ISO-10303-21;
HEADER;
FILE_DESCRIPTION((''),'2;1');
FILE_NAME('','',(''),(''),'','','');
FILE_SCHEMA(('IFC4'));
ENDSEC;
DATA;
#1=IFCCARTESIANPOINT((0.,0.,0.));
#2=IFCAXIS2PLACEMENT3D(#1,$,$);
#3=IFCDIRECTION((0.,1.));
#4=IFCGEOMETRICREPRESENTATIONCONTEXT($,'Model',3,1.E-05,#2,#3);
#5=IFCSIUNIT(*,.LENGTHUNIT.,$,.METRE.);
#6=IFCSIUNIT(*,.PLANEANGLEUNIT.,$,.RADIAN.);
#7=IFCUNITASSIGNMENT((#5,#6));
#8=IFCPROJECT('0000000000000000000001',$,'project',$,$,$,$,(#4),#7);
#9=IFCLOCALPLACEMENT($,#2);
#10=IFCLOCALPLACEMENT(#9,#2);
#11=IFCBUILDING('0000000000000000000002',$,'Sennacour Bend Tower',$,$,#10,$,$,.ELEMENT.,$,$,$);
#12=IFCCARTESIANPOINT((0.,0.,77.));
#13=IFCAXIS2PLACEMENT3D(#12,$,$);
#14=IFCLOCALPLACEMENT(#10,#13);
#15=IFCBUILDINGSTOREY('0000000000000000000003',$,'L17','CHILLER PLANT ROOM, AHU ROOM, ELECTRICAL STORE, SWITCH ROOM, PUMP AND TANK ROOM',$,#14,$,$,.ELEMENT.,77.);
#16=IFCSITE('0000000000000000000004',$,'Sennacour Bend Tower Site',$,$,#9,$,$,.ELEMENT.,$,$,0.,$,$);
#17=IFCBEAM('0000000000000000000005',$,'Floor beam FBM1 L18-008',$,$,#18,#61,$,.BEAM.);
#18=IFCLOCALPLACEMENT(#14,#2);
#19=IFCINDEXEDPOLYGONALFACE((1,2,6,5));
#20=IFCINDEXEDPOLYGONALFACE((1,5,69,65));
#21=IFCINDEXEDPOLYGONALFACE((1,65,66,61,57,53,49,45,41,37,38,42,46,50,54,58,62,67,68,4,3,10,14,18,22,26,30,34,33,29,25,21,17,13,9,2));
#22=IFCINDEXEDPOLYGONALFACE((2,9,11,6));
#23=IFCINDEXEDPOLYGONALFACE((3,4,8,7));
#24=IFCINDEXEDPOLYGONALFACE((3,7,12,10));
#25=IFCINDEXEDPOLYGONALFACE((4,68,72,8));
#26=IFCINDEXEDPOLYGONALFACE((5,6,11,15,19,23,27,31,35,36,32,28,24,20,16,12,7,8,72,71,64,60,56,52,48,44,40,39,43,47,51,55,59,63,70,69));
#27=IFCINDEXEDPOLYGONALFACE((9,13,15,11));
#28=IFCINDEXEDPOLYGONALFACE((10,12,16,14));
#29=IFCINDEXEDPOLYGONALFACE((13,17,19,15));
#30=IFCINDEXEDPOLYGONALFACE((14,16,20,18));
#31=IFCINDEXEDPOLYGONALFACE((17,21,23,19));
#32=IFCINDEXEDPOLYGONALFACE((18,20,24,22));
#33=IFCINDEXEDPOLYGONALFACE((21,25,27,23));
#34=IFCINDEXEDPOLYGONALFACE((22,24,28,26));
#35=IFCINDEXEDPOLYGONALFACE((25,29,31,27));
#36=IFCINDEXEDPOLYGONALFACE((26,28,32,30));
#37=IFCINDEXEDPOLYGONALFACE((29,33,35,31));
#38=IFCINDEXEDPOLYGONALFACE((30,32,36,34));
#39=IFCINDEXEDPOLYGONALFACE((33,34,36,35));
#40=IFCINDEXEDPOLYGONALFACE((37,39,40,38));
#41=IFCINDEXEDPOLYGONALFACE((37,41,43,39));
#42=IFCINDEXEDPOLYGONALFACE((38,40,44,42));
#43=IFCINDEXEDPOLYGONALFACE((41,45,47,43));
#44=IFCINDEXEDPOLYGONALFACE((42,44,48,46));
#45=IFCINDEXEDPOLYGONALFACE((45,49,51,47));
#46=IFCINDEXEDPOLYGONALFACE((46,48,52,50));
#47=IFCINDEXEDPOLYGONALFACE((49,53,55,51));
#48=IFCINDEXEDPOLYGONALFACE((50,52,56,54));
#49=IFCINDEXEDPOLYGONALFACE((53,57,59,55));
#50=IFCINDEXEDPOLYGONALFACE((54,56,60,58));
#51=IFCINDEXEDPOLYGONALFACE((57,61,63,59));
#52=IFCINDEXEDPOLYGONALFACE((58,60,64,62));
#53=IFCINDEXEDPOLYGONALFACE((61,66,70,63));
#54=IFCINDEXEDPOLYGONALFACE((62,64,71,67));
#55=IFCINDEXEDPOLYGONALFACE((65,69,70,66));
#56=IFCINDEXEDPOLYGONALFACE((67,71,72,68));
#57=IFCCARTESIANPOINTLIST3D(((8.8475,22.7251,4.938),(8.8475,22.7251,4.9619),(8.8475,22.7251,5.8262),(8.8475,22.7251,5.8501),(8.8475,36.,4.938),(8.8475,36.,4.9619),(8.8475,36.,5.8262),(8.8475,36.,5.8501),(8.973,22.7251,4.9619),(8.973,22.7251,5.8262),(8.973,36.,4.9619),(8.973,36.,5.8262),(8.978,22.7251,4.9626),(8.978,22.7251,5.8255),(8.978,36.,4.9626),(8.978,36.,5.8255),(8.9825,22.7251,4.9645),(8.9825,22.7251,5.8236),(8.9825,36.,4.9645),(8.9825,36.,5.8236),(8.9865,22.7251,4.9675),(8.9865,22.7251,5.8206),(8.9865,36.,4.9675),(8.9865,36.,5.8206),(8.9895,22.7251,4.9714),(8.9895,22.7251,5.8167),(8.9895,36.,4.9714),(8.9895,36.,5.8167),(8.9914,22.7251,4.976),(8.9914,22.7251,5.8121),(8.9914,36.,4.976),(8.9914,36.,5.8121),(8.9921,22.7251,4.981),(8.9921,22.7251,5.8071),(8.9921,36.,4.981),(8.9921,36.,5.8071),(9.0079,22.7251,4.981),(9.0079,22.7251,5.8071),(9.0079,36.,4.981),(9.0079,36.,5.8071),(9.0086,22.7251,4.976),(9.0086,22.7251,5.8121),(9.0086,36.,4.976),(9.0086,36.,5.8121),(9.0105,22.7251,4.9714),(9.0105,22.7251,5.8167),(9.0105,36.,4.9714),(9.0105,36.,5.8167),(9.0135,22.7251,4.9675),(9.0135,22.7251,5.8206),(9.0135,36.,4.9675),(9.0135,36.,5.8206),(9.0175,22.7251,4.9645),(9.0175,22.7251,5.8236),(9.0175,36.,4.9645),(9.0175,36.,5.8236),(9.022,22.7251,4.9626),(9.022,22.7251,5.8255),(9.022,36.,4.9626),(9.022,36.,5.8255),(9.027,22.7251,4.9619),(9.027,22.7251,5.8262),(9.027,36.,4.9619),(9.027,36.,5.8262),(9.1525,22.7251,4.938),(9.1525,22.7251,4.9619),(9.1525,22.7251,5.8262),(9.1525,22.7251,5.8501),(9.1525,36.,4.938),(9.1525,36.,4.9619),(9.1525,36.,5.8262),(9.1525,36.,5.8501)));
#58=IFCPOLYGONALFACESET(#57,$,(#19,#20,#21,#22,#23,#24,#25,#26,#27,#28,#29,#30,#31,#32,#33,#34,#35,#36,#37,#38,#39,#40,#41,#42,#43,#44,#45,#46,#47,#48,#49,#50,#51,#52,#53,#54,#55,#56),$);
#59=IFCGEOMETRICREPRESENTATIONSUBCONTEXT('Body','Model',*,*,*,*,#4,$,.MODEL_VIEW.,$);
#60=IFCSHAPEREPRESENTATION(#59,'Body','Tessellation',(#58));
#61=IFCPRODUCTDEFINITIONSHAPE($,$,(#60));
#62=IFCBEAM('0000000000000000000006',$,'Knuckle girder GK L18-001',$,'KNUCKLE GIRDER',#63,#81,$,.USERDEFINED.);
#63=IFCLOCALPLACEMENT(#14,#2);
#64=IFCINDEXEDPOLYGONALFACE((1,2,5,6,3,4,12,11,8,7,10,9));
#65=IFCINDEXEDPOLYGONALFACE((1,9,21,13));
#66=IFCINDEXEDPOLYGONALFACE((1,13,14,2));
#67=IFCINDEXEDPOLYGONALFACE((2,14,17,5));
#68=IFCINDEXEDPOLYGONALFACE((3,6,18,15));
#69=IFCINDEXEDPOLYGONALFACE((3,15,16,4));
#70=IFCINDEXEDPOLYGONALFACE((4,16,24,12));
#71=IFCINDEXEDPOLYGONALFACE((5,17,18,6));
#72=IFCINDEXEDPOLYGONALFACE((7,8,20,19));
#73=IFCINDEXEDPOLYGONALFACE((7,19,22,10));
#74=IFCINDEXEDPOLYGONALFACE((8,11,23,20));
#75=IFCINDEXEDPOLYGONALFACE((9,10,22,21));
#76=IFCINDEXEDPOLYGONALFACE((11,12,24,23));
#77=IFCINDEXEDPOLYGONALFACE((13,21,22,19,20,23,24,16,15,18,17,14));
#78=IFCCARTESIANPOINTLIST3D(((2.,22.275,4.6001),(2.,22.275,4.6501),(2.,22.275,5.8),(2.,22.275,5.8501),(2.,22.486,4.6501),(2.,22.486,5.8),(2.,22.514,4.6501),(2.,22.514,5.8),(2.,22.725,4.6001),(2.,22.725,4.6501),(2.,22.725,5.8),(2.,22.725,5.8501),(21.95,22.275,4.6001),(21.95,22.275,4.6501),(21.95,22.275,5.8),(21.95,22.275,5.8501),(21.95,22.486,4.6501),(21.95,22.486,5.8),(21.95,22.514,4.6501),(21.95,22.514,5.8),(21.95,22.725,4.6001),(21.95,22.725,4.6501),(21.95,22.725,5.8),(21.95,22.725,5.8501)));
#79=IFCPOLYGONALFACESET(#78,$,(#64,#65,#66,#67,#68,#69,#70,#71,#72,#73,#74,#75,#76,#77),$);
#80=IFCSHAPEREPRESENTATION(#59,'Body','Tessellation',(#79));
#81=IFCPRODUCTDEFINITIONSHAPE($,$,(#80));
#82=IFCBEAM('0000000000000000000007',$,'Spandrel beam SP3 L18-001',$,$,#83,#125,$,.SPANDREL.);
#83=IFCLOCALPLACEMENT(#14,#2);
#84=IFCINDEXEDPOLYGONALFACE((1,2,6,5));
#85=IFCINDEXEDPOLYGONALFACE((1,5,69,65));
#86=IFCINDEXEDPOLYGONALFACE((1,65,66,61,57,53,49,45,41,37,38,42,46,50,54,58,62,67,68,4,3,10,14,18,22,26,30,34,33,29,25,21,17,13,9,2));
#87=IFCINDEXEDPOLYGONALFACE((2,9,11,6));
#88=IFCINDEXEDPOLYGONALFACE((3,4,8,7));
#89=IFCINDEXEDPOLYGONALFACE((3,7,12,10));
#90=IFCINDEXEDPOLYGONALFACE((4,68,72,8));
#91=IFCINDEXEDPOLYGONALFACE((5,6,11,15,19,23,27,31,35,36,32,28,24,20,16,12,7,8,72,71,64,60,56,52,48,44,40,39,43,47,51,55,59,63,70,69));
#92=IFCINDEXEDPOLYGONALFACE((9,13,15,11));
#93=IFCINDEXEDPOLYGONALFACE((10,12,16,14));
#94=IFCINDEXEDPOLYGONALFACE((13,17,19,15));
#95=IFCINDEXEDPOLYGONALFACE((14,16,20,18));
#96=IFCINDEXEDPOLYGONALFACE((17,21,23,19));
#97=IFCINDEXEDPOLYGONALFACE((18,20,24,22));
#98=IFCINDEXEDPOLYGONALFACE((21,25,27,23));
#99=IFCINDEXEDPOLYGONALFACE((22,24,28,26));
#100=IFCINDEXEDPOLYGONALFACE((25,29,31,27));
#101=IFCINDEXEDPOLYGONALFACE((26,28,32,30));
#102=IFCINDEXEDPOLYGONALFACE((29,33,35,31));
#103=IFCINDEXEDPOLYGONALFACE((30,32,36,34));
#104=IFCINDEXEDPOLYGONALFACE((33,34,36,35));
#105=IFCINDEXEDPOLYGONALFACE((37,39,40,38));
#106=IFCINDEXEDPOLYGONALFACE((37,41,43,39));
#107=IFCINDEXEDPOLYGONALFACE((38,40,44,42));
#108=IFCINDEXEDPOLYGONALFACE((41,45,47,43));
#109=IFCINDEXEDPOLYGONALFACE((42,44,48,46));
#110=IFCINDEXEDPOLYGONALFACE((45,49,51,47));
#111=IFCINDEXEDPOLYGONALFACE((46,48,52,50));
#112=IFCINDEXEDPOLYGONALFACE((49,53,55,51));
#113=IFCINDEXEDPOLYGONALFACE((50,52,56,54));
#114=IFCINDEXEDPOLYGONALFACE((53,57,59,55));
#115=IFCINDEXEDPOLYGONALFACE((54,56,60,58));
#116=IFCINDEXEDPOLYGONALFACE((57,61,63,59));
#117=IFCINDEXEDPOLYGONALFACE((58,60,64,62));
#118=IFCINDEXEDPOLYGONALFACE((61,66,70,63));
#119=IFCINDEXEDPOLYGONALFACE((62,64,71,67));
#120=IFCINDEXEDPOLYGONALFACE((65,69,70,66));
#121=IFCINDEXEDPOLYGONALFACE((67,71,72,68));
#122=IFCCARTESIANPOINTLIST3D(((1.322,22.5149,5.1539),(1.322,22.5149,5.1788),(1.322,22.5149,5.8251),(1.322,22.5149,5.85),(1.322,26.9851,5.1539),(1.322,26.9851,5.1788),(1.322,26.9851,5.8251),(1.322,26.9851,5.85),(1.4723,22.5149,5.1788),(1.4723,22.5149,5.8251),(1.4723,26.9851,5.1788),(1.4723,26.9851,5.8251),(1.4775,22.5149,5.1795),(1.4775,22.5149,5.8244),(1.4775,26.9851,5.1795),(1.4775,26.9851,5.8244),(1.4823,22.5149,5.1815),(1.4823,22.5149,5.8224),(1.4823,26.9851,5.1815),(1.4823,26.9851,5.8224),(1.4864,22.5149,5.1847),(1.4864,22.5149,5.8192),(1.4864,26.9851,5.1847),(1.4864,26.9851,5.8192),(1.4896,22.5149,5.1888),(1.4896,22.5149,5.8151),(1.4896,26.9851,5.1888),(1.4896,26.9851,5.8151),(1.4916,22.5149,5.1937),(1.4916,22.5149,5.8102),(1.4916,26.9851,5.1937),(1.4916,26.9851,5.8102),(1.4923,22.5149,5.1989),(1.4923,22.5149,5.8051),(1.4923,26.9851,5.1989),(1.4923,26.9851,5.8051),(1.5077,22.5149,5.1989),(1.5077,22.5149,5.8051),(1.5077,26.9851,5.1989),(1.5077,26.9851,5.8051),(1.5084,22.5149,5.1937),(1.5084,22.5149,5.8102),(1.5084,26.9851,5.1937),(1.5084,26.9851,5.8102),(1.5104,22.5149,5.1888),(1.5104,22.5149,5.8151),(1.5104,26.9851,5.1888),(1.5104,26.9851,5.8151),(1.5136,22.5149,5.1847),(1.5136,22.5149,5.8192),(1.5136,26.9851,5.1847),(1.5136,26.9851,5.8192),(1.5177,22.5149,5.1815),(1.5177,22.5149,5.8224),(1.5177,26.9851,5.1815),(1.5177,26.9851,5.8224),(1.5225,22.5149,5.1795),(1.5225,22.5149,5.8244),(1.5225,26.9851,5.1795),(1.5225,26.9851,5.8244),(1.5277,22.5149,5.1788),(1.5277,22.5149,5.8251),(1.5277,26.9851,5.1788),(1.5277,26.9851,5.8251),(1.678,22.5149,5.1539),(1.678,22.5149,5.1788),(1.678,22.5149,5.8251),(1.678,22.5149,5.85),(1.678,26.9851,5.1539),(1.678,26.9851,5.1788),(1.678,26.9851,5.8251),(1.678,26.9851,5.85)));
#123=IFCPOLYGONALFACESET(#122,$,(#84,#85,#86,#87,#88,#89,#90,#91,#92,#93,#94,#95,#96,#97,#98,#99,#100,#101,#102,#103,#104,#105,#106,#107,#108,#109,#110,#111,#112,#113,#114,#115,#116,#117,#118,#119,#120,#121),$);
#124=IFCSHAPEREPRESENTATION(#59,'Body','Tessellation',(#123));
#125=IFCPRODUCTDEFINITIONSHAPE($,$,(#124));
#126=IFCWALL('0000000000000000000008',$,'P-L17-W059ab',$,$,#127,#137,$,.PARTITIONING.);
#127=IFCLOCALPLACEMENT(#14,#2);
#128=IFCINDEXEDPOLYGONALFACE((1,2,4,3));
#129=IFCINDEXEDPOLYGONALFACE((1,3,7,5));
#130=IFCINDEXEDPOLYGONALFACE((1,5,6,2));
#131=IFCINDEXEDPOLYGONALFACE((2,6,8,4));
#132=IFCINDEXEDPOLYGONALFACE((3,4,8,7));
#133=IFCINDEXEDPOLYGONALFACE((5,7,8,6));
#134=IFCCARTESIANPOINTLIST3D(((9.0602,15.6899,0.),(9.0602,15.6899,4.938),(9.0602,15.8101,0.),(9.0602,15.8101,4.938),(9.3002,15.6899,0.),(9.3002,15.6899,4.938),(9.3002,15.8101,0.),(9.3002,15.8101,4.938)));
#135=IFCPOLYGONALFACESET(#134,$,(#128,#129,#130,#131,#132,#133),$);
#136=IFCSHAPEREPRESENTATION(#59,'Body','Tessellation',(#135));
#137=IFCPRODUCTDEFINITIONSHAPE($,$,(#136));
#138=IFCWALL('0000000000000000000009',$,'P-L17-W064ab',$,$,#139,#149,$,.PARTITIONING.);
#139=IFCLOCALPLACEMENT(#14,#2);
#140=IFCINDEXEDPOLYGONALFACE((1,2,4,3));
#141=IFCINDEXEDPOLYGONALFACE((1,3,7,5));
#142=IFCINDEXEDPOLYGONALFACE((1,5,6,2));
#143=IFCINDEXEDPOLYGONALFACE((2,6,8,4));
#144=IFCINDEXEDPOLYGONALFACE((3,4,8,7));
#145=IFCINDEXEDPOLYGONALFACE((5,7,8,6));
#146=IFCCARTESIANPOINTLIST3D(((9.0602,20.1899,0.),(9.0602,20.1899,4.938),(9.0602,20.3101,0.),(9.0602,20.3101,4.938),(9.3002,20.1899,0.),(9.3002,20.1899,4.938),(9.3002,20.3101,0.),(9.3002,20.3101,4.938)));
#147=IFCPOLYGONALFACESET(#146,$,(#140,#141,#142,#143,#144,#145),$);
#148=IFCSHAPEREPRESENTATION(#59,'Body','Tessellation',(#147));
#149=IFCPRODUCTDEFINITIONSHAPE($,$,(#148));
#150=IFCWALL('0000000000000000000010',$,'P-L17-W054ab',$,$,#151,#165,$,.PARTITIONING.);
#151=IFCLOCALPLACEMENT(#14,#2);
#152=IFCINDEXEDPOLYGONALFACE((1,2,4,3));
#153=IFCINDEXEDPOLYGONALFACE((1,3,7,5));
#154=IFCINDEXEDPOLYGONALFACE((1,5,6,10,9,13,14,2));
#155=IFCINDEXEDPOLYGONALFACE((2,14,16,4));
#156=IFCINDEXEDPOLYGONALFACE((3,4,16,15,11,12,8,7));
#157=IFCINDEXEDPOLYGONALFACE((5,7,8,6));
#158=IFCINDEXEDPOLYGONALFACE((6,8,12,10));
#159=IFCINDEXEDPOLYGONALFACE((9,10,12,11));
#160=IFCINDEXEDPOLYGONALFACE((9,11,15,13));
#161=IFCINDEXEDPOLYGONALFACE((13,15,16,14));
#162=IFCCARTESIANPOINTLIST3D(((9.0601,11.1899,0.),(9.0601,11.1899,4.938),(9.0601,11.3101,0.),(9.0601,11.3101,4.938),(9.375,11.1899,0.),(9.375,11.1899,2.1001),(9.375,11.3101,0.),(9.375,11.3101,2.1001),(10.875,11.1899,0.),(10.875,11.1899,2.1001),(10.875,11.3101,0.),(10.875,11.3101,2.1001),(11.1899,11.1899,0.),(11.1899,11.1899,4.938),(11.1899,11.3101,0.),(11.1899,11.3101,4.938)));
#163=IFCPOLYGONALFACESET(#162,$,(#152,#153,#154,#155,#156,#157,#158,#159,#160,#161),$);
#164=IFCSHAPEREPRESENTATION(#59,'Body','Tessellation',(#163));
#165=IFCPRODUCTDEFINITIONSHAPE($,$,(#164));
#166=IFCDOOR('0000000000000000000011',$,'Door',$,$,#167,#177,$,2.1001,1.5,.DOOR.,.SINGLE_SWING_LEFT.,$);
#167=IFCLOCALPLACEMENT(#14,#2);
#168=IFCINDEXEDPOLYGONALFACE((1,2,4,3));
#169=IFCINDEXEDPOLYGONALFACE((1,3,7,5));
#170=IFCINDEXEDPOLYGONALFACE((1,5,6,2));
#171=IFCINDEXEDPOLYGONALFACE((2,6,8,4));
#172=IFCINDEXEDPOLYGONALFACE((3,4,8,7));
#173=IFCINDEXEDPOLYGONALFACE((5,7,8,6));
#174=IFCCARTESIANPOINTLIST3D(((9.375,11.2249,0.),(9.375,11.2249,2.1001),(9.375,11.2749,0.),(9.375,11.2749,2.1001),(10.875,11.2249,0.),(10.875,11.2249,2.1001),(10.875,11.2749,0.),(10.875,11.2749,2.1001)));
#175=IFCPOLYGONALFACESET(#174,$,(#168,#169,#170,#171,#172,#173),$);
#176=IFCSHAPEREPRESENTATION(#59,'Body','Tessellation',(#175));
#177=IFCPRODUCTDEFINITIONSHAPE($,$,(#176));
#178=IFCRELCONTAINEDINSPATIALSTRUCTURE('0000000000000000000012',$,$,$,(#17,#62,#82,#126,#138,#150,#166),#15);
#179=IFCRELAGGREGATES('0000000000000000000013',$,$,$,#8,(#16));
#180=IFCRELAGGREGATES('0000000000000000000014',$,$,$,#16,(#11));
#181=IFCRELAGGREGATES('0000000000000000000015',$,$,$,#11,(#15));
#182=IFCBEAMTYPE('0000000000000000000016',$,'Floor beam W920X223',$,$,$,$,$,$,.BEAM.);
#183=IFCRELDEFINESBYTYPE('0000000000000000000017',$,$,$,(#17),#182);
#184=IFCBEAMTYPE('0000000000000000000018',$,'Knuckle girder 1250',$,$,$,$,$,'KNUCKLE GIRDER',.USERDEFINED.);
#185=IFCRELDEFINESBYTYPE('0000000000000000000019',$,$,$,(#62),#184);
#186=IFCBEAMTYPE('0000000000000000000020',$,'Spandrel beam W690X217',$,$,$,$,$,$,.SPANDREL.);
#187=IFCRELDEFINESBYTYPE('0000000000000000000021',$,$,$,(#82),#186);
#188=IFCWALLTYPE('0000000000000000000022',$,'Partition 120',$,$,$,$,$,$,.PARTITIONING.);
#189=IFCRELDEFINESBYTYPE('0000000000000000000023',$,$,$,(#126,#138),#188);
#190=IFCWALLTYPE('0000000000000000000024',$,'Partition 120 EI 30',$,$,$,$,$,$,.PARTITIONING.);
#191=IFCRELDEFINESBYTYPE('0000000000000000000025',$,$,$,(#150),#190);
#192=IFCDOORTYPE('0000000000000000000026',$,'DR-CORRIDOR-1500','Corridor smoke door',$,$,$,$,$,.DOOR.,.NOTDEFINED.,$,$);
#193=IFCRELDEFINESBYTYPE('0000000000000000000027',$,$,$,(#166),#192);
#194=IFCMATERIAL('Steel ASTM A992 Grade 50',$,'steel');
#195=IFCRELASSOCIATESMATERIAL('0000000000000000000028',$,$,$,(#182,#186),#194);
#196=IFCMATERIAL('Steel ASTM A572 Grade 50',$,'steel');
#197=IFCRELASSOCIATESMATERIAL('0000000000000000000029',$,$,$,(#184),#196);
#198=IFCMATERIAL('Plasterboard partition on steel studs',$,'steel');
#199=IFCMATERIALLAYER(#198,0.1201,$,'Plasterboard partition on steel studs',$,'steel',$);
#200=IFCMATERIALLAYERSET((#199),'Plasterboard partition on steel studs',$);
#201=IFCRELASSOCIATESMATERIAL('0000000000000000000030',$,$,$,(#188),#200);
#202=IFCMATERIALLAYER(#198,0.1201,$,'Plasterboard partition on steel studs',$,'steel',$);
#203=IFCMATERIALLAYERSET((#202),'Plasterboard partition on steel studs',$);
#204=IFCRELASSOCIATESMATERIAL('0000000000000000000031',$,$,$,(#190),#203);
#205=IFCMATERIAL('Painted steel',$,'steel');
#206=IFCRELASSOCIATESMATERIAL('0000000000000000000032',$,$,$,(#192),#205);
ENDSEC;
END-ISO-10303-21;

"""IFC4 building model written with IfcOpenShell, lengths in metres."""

from ifc_helpers import new_model, si_unit, direction, frame, frame_2d, origin, origin_2d, place, context, subcontext, project, spatial, rectangle, i_section, extrude, material, layer, layer_set, material_profile, profile_set, type_object, element, fill, save


model = new_model("IFC4")

# Units and contexts
model_context = context("Model", 3, precision=1e-05, world=origin(), true_north=direction((0.0, 1.0)))
body_context = subcontext(model_context, "Body", "Model", "MODEL_VIEW")
ifc_project = project(units=[si_unit("LENGTHUNIT", "METRE"), si_unit("PLANEANGLEUNIT", "RADIAN")], contexts=[model_context])

# Site, building, storey
site_placement = place(None, origin())
site = spatial("IfcSite", under=ifc_project, at=site_placement, Name="Sennacour Bend Tower Site", CompositionType="ELEMENT", RefElevation=0.0)
building_placement = place(site_placement, origin())
building = spatial("IfcBuilding", under=site, at=building_placement, Name="Sennacour Bend Tower", CompositionType="ELEMENT")
storey_placement = place(building_placement, frame((0.0, 0.0, 77.0)))
storey = spatial("IfcBuildingStorey", under=building, at=storey_placement, Name="L17", Description="CHILLER PLANT ROOM, AHU ROOM, ELECTRICAL STORE, SWITCH ROOM, PUMP AND TANK ROOM", CompositionType="ELEMENT", Elevation=77.0)

# Shared definitions
ifc_material_1 = material(Name="Steel ASTM A572 Grade 50", Category="steel")

# Beams
ifc_material_2 = material(Name="Steel ASTM A992 Grade 50", Category="steel")
ifc_material_profile_1 = material_profile(ifc_material_2, i_section(OverallWidth=0.3049, OverallDepth=0.9121, WebThickness=0.0159, FlangeThickness=0.0239, FilletRadius=0.019, at=origin_2d()), Name="Steel ASTM A992 Grade 50", Category="steel")
ifc_profile_set_1 = profile_set([ifc_material_profile_1], Name="Steel ASTM A992 Grade 50")
beam_type_1 = type_object("IfcBeamType", Name="Floor beam W920X223", PredefinedType="BEAM", material=ifc_profile_set_1)
for number, where, z_axis, x_axis, name in (
    (1, (9.0, 22.7251, 5.394), (0.0, 1.0, 0.0), (-1.0, 0.0, 0.0), "Floor beam FBM1 L18-008"),
):
    element("IfcBeam", number, at=place(storey_placement, frame(where, z_axis=z_axis, x_axis=x_axis)), inside=storey, type_object=beam_type_1, Name=name, PredefinedType="BEAM", context=body_context, shape_type="SweptSolid", body=[
        extrude(i_section(OverallWidth=0.3049, OverallDepth=0.9121, WebThickness=0.0159, FlangeThickness=0.0239, FilletRadius=0.019, at=origin_2d()), origin(), (0.0, 0.0, 1.0), 13.2749),
    ])
ifc_material_profile_2 = material_profile(ifc_material_1, i_section(OverallWidth=0.45, OverallDepth=1.25, WebThickness=0.0281, FlangeThickness=0.05, at=origin_2d()), Name="Steel ASTM A572 Grade 50", Category="steel")
ifc_profile_set_2 = profile_set([ifc_material_profile_2], Name="Steel ASTM A572 Grade 50")
beam_type_2 = type_object("IfcBeamType", Name="Knuckle girder 1250", ElementType="KNUCKLE GIRDER", PredefinedType="USERDEFINED", material=ifc_profile_set_2)
beam_1_placement = place(storey_placement, frame((2.0, 22.5, 5.2251), z_axis=(1.0, 0.0, 0.0), x_axis=(0.0, 1.0, 0.0)))
element("IfcBeam", 2, at=beam_1_placement, inside=storey, type_object=beam_type_2, Name="Knuckle girder GK L18-001", ObjectType="KNUCKLE GIRDER", PredefinedType="USERDEFINED", context=body_context, shape_type="SweptSolid", body=[
    extrude(i_section(OverallWidth=0.45, OverallDepth=1.25, WebThickness=0.0281, FlangeThickness=0.05, at=origin_2d()), origin(), (0.0, 0.0, 1.0), 19.95),
])
ifc_material_profile_3 = material_profile(ifc_material_2, i_section(OverallWidth=0.356, OverallDepth=0.696, WebThickness=0.0154, FlangeThickness=0.0249, FilletRadius=0.02, at=origin_2d()), Name="Steel ASTM A992 Grade 50", Category="steel")
ifc_profile_set_3 = profile_set([ifc_material_profile_3], Name="Steel ASTM A992 Grade 50")
beam_type_3 = type_object("IfcBeamType", Name="Spandrel beam W690X217", PredefinedType="SPANDREL", material=ifc_profile_set_3)
beam_2_placement = place(storey_placement, frame((1.5, 22.5149, 5.502), z_axis=(0.0, 1.0, 0.0), x_axis=(-1.0, 0.0, 0.0)))
element("IfcBeam", 3, at=beam_2_placement, inside=storey, type_object=beam_type_3, Name="Spandrel beam SP3 L18-001", PredefinedType="SPANDREL", context=body_context, shape_type="SweptSolid", body=[
    extrude(i_section(OverallWidth=0.356, OverallDepth=0.696, WebThickness=0.0154, FlangeThickness=0.0249, FilletRadius=0.02, at=origin_2d()), origin(), (0.0, 0.0, 1.0), 4.4702),
])

# Walls
ifc_material_3 = material(Name="Plasterboard partition on steel studs", Category="steel")
ifc_layer_1 = layer(ifc_material_3, 0.1201, Name="Plasterboard partition on steel studs", Category="steel")
ifc_layer_set_1 = layer_set([ifc_layer_1], Name="Plasterboard partition on steel studs")
wall_type_1 = type_object("IfcWallType", Name="Partition 120", PredefinedType="PARTITIONING", material=ifc_layer_set_1)
for number, where, z_axis, x_axis, name in (
    (4, (9.0601, 15.75, 0.0), (0.0, 0.0, 1.0), (1.0, 0.0, 0.0), "P-L17-W059ab"),
    (5, (9.0601, 20.25, 0.0), (0.0, 0.0, 1.0), (1.0, 0.0, 0.0), "P-L17-W064ab"),
):
    element("IfcWall", number, at=place(storey_placement, frame(where, z_axis=z_axis, x_axis=x_axis)), inside=storey, type_object=wall_type_1, Name=name, PredefinedType="PARTITIONING", context=body_context, shape_type="SweptSolid", body=[
        extrude(rectangle(XDim=0.24, YDim=0.1201, at=frame_2d((0.1201, 0.0))), origin(), (0.0, 0.0, 1.0), 4.938),
    ])

# Wall, opening, door
ifc_layer_2 = layer(ifc_material_3, 0.1201, Name="Plasterboard partition on steel studs", Category="steel")
ifc_layer_set_2 = layer_set([ifc_layer_2], Name="Plasterboard partition on steel studs")
wall_type_2 = type_object("IfcWallType", Name="Partition 120 EI 30", PredefinedType="PARTITIONING", material=ifc_layer_set_2)
wall_1_placement = place(storey_placement, frame((9.0601, 11.25, 0.0), z_axis=(0.0, 0.0, 1.0), x_axis=(1.0, 0.0, 0.0)))
wall_1 = element("IfcWall", 6, at=wall_1_placement, inside=storey, type_object=wall_type_2, Name="P-L17-W054ab", PredefinedType="PARTITIONING", context=body_context, shape_type="SweptSolid", body=[
    extrude(rectangle(XDim=2.1299, YDim=0.1201, at=frame_2d((1.0649, 0.0))), origin(), (0.0, 0.0, 1.0), 4.938),
])
opening_1_placement = place(wall_1_placement, frame((0.3149, 0.0, 0.0)))
opening_1 = element("IfcOpeningElement", 7, at=opening_1_placement, cuts=wall_1, PredefinedType="OPENING", context=body_context, shape_type="SweptSolid", body=[
    extrude(rectangle(XDim=1.5, YDim=2.1001, at=frame_2d((0.75, 1.05))), frame((0.0, 0.0701, 0.0), z_axis=(0.0, -1.0, 0.0), x_axis=(1.0, 0.0, 0.0)), (0.0, 0.0, 1.0), 0.1401),
])
ifc_material_4 = material(Name="Painted steel", Category="steel")
door_type_1 = type_object("IfcDoorType", Name="DR-CORRIDOR-1500", Description="Corridor smoke door", OperationType="NOTDEFINED", PredefinedType="DOOR", material=ifc_material_4)
door_1_placement = place(opening_1_placement, origin())
door_1 = element("IfcDoor", 8, at=door_1_placement, inside=storey, type_object=door_type_1, Name="Door", OperationType="SINGLE_SWING_LEFT", OverallHeight=2.1001, OverallWidth=1.5, PredefinedType="DOOR", context=body_context, shape_type="SweptSolid", body=[
    extrude(rectangle(XDim=1.5, YDim=2.1001, at=frame_2d((0.75, 1.05))), frame((0.0, 0.0249, 0.0), z_axis=(0.0, -1.0, 0.0), x_axis=(1.0, 0.0, 0.0)), (0.0, 0.0, 1.0), 0.05),
])
fill(opening_1, door_1)

save(model, "model.ifc")
